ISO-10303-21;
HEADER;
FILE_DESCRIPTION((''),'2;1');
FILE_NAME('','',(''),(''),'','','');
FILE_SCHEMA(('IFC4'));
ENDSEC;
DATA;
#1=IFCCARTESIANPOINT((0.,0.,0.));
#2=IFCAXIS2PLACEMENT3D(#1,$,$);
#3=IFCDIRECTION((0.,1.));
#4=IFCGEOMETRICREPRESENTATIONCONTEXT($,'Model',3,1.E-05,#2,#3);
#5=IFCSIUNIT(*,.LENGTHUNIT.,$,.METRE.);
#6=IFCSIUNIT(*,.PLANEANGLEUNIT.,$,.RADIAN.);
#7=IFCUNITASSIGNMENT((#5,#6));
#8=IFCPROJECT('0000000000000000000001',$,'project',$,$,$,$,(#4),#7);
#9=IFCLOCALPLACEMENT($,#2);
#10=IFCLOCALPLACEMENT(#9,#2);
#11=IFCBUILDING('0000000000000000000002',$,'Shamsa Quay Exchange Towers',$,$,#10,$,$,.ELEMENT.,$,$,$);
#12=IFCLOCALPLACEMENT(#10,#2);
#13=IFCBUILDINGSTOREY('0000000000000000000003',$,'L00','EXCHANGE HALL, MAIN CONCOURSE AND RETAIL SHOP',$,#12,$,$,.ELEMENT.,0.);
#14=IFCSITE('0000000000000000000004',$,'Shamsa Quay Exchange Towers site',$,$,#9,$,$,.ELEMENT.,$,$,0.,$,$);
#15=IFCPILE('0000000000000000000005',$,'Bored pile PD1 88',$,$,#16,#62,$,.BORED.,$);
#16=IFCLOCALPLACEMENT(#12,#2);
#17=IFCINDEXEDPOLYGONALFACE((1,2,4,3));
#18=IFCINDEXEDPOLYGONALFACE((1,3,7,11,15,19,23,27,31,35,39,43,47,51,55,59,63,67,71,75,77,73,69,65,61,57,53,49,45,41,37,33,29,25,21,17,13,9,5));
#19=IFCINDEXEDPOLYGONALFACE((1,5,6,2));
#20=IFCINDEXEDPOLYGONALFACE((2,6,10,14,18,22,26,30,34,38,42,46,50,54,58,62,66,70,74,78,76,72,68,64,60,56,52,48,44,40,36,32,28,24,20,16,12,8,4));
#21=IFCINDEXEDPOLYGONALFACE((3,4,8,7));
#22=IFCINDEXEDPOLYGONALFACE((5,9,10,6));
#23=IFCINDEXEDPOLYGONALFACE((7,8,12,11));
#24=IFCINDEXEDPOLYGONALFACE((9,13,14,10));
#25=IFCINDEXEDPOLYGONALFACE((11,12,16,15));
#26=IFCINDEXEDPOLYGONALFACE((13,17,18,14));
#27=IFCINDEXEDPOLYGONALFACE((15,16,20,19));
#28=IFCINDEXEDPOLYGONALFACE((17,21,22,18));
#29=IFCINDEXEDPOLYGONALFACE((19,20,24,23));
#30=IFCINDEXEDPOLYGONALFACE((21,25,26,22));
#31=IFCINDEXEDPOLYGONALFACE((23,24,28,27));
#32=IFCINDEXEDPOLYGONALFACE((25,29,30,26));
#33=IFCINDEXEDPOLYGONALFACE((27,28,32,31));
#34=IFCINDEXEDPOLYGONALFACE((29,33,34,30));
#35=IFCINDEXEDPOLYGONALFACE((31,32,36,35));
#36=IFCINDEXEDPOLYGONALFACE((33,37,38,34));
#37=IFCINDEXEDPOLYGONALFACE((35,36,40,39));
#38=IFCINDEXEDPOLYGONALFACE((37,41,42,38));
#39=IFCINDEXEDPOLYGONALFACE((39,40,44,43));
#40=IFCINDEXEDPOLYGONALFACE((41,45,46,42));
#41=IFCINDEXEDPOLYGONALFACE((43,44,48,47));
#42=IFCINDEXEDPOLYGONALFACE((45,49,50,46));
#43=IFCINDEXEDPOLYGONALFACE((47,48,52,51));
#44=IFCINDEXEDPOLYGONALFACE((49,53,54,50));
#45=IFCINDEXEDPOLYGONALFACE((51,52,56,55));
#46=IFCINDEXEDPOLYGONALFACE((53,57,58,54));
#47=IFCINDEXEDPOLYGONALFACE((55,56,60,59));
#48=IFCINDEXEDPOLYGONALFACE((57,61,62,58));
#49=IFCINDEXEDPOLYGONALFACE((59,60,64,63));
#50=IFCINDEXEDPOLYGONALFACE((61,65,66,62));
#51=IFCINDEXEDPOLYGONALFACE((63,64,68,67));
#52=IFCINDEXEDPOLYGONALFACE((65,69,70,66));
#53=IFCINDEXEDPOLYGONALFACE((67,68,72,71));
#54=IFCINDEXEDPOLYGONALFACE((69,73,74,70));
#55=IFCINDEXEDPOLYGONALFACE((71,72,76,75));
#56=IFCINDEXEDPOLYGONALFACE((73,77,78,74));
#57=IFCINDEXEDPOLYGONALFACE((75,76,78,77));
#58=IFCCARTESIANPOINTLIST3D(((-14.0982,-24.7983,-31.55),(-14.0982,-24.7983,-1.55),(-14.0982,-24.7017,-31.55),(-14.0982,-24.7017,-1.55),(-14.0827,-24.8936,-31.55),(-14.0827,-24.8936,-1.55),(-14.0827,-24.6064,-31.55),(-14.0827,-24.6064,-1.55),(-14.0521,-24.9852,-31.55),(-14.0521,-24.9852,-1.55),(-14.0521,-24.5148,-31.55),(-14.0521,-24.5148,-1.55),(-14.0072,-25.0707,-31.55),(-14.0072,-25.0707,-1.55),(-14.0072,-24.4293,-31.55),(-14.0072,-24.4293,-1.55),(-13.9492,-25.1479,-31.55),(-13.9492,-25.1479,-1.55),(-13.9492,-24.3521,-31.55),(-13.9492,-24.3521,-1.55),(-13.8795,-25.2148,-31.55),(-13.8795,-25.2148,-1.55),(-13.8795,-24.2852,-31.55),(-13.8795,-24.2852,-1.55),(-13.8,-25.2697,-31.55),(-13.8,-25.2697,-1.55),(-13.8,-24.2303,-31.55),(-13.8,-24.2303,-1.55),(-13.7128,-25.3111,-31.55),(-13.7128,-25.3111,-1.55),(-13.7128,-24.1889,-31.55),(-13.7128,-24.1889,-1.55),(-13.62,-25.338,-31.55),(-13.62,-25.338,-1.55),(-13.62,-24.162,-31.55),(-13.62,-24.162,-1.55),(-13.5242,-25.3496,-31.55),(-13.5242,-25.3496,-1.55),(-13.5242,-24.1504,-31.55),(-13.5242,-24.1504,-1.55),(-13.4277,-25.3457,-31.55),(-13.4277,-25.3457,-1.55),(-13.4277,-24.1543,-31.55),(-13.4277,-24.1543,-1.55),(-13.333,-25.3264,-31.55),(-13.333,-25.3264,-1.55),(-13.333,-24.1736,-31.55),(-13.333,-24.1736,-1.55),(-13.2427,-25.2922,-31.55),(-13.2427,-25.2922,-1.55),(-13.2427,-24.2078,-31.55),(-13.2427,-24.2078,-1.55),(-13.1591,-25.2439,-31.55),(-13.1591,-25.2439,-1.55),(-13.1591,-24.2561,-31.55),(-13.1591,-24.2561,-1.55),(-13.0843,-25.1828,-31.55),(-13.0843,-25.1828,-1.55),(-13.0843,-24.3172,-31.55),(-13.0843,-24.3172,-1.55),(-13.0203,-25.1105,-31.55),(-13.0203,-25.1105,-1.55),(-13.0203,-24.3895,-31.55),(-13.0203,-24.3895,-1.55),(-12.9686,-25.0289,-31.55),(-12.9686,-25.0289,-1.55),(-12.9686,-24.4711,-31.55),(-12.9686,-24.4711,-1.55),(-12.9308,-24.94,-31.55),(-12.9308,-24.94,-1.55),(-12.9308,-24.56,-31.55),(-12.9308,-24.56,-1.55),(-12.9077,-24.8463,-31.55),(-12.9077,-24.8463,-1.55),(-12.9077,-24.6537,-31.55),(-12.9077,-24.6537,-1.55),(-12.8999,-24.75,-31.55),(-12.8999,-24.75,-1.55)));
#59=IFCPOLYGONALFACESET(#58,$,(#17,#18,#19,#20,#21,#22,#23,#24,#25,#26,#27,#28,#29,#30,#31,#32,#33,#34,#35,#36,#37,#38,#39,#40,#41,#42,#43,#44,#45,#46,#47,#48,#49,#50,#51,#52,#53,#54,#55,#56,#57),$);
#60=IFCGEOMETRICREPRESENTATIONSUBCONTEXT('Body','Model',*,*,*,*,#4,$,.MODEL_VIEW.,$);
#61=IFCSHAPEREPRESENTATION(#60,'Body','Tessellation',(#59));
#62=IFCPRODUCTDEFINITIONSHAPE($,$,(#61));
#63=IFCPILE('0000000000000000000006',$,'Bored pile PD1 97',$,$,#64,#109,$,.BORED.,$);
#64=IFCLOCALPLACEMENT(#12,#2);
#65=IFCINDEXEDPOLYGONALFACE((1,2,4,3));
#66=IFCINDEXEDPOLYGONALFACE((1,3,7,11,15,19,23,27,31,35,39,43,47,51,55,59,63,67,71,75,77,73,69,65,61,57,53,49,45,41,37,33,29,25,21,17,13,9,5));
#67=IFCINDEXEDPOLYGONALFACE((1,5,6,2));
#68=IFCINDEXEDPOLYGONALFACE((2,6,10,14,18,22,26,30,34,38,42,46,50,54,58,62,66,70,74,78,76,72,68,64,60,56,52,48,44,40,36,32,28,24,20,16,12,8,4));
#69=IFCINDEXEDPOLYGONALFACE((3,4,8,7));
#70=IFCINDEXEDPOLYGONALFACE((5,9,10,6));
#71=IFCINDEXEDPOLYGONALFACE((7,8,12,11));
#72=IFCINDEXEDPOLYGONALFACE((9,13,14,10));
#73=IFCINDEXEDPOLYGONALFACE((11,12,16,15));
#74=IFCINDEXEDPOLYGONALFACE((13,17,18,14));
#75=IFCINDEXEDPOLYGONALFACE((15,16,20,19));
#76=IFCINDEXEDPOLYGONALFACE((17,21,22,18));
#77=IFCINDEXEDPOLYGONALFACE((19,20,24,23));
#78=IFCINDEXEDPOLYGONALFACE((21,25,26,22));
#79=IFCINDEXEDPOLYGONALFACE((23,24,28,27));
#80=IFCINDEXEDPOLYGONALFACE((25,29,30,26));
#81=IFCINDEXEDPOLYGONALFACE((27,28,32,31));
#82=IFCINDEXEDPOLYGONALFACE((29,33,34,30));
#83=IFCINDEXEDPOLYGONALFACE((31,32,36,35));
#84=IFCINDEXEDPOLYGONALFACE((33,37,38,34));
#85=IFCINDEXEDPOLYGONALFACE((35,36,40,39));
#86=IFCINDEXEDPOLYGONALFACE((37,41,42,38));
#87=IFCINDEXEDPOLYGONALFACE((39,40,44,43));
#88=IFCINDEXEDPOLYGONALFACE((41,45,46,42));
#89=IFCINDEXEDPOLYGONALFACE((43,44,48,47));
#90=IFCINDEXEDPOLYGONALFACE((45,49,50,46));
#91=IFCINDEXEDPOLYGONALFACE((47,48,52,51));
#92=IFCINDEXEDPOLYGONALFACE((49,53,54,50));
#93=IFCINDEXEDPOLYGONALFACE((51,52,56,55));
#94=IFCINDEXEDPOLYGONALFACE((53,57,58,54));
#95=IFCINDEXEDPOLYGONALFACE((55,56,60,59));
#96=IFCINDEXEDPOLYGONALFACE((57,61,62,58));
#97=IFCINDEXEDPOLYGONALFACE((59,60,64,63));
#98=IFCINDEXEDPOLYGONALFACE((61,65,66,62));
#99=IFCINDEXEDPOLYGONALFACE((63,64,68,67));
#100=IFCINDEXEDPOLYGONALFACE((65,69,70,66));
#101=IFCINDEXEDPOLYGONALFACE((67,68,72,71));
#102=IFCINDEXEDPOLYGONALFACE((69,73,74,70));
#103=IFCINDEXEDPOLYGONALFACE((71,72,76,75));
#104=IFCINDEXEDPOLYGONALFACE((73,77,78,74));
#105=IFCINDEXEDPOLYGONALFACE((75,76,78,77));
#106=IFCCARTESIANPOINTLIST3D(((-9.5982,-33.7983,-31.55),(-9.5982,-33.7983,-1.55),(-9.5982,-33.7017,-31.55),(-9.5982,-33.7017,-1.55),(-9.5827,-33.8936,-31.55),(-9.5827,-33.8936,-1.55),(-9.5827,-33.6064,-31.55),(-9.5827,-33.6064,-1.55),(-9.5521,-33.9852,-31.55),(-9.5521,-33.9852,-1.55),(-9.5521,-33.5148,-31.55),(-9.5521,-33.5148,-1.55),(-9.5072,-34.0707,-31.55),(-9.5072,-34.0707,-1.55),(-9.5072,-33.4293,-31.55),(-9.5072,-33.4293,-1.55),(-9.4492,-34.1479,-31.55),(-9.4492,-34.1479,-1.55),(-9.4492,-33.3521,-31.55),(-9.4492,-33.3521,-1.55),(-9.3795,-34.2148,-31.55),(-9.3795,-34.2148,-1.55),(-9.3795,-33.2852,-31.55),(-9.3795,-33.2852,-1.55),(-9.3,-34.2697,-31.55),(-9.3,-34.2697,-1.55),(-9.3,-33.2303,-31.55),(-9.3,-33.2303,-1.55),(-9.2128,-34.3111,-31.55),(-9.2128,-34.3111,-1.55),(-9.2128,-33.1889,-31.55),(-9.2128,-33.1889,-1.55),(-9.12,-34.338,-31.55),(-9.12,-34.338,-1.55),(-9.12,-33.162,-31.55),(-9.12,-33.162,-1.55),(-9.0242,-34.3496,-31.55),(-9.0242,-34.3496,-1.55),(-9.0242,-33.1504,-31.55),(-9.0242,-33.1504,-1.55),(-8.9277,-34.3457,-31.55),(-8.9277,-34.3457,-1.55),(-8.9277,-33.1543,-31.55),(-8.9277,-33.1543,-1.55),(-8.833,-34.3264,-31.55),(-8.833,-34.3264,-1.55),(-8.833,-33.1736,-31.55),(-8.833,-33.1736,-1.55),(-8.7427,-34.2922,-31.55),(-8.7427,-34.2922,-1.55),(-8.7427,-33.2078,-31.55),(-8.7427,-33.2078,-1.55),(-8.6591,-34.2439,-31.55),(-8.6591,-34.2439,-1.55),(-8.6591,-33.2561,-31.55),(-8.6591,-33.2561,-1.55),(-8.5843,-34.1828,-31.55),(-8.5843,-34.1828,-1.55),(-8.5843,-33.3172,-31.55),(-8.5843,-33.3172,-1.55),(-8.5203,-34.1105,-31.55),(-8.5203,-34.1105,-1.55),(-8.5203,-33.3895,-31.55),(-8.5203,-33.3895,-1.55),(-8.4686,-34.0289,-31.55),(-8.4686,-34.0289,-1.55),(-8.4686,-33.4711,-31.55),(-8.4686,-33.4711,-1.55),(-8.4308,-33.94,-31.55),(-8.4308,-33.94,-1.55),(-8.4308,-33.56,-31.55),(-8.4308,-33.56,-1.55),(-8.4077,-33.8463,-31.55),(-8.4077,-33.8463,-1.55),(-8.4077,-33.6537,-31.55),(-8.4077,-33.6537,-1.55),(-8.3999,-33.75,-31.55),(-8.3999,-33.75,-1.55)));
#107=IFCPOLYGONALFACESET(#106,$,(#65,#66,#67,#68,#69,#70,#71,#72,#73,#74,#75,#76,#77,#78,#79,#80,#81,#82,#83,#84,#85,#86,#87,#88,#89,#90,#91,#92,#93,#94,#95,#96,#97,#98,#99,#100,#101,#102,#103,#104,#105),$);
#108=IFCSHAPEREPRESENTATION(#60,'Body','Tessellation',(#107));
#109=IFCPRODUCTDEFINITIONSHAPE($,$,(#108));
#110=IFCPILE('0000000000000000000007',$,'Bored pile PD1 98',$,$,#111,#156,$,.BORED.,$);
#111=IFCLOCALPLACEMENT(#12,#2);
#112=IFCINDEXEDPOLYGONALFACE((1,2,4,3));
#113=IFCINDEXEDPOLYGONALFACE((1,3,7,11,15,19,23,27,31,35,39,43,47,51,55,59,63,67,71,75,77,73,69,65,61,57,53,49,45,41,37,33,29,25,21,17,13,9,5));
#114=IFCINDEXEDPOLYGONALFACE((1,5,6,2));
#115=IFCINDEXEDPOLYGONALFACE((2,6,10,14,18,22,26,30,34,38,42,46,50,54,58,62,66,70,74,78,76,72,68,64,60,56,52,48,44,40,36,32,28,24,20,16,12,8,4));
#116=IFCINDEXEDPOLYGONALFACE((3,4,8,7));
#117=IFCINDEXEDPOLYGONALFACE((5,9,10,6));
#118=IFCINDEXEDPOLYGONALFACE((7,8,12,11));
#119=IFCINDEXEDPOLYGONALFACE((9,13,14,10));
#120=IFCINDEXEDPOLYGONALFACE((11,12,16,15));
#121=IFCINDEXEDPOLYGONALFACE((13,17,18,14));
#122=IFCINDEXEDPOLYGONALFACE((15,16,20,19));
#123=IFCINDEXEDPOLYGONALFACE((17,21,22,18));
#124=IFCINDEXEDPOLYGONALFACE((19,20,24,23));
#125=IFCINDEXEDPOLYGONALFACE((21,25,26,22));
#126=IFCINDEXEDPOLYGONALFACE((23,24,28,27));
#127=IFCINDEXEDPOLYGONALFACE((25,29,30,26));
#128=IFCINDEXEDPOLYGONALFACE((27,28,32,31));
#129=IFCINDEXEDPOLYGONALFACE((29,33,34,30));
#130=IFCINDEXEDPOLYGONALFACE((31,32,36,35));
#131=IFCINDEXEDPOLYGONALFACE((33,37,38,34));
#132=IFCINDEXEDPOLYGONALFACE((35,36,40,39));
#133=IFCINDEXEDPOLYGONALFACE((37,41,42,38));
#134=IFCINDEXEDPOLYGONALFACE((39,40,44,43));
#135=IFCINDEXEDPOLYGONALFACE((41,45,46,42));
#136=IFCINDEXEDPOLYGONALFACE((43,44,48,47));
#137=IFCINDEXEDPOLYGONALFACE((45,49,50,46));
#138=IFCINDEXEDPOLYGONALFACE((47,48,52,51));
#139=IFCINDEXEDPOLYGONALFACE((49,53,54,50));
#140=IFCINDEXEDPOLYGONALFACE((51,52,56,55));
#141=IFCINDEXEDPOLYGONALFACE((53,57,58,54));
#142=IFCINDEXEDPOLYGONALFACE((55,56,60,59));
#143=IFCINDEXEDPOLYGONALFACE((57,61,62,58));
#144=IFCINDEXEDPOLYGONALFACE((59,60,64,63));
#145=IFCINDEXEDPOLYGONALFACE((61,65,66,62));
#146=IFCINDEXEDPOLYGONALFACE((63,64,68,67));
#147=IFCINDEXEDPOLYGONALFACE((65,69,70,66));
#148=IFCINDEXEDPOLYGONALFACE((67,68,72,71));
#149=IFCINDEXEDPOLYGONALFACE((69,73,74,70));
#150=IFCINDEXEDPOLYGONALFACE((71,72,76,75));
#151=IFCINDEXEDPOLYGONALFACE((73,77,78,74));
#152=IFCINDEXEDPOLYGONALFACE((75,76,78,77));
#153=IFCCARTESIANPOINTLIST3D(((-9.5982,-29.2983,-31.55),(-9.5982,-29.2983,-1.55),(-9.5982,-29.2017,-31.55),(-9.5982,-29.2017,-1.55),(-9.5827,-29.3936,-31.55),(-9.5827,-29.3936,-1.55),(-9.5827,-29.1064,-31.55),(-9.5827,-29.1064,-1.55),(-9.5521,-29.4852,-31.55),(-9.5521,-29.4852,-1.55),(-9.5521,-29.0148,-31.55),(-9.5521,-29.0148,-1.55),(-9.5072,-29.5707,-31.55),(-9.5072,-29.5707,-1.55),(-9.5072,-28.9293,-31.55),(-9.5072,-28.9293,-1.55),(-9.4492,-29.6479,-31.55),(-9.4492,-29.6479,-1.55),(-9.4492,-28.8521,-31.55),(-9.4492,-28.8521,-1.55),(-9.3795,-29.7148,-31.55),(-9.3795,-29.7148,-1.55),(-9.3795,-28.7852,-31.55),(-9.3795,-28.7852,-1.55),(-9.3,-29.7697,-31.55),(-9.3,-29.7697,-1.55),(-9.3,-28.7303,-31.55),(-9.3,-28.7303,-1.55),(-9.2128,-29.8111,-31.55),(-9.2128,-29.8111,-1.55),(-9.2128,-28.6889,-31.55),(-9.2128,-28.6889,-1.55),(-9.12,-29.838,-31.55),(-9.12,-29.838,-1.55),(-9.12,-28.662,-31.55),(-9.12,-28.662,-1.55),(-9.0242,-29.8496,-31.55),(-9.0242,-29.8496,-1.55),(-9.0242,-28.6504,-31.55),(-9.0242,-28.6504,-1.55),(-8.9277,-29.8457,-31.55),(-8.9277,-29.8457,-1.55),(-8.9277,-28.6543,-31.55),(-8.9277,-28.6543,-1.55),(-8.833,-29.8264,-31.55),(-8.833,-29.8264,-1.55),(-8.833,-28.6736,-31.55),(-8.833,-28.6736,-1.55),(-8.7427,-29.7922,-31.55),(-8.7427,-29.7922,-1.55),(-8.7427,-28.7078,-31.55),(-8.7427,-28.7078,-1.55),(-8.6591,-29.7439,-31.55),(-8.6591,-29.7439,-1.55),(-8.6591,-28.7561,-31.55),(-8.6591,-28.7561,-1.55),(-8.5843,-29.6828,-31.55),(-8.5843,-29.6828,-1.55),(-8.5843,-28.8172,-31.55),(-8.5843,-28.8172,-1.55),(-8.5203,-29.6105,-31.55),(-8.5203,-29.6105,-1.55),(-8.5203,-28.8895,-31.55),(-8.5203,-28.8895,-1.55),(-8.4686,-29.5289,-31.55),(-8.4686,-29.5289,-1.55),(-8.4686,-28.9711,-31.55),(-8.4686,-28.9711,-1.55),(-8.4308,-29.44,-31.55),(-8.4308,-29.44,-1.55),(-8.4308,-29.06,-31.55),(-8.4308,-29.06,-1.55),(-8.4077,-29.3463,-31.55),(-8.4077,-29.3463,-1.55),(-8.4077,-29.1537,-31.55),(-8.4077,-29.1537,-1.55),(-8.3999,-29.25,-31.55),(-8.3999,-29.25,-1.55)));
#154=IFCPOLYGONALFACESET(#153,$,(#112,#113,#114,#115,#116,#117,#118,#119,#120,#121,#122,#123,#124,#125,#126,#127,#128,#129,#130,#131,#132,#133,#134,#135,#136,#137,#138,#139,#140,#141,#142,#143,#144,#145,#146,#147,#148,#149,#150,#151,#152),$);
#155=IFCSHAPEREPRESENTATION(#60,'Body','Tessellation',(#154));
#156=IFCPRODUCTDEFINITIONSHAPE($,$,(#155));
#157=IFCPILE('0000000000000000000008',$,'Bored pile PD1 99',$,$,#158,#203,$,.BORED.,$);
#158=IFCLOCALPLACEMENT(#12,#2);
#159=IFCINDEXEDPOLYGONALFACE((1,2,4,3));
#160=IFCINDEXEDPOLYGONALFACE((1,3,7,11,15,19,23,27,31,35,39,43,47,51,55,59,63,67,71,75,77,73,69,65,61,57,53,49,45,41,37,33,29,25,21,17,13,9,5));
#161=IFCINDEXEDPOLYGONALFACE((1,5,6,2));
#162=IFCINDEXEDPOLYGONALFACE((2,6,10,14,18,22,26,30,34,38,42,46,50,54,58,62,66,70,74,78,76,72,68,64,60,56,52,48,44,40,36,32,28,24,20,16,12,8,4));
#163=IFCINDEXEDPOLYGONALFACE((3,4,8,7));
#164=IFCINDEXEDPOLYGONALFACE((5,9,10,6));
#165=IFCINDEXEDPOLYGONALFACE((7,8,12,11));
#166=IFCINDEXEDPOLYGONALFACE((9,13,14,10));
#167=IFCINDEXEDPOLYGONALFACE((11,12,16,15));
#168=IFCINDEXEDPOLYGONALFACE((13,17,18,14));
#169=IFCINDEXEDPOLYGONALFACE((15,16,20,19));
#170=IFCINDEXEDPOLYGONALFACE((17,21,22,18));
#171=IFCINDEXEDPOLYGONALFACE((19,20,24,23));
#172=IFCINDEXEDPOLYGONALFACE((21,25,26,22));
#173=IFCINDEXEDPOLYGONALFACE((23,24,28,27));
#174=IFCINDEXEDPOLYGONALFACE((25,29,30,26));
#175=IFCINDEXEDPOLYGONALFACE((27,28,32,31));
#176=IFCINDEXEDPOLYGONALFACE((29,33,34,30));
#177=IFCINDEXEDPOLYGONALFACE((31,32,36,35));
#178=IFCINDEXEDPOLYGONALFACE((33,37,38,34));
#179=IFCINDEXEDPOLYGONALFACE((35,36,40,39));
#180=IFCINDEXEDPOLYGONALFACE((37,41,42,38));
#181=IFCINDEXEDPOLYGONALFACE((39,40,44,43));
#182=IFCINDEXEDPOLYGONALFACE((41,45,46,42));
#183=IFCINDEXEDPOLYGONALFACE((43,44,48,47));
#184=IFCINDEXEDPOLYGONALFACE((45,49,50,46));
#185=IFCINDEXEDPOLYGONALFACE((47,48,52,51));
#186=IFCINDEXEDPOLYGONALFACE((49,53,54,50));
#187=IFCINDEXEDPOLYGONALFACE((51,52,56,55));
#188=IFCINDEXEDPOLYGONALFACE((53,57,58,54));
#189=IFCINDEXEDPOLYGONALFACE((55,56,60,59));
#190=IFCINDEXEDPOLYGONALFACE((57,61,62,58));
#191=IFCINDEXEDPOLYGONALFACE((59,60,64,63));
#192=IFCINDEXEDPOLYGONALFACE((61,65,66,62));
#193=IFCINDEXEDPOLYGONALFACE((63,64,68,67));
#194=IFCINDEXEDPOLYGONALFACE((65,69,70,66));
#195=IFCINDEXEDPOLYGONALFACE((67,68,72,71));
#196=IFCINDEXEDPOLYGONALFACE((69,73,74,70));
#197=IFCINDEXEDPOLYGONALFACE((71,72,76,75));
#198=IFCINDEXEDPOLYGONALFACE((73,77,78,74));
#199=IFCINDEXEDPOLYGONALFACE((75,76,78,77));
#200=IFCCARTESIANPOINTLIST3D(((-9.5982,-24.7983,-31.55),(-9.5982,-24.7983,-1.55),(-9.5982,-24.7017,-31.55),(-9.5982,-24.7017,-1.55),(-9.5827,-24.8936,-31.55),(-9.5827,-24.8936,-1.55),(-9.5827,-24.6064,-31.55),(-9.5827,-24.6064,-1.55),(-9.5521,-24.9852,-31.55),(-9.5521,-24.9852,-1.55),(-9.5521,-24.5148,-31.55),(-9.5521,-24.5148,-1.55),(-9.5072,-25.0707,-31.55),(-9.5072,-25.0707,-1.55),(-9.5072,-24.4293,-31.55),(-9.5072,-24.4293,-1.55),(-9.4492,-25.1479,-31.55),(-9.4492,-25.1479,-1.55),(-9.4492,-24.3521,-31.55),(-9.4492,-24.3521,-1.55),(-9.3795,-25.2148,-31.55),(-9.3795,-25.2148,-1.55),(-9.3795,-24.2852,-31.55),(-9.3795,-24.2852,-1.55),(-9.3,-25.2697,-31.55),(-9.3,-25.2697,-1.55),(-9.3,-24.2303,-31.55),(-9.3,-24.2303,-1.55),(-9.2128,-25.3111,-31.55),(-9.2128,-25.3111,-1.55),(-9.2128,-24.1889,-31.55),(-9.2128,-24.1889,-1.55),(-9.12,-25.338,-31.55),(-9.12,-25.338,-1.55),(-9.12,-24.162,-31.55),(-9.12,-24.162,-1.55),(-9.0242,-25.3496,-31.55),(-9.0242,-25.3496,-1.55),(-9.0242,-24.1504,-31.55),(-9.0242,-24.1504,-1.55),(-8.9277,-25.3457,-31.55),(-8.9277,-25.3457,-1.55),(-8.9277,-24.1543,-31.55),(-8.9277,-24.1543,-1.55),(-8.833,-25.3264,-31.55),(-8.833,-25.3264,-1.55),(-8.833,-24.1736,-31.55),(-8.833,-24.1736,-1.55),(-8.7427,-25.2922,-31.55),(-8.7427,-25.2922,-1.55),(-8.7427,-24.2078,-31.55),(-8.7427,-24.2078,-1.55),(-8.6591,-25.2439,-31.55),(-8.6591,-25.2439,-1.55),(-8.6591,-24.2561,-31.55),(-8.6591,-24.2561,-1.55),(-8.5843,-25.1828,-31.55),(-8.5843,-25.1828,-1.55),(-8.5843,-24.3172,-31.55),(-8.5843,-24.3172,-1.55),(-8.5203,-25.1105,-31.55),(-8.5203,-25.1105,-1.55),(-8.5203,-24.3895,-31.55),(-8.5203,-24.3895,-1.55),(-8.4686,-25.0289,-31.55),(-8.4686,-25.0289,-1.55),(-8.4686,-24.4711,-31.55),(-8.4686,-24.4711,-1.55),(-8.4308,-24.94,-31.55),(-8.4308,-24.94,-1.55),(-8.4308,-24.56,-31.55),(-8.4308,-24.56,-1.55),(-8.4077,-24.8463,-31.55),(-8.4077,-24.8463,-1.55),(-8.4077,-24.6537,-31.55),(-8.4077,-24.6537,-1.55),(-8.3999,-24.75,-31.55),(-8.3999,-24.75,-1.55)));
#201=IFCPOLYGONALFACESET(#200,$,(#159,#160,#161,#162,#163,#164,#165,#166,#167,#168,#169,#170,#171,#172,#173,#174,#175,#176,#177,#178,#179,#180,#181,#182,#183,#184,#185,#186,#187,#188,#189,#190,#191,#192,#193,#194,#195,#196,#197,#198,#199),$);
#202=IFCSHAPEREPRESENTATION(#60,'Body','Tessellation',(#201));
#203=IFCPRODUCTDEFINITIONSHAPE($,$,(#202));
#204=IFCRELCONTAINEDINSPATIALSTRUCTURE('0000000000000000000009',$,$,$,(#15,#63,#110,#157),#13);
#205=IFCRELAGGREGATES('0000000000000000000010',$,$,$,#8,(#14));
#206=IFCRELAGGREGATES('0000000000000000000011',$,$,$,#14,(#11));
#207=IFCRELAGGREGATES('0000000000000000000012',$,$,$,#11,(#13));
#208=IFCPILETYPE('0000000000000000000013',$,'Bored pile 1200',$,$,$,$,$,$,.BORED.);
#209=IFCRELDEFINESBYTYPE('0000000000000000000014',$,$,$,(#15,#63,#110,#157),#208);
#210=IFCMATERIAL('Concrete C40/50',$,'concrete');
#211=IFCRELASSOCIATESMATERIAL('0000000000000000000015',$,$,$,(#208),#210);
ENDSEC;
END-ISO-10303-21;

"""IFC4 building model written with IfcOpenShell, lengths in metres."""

from ifc_helpers import new_model, si_unit, direction, frame, origin, origin_2d, place, context, subcontext, project, spatial, circle, extrude, material, material_profile, profile_set, type_object, element, save


model = new_model("IFC4")

# Units and contexts
model_context = context("Model", 3, precision=1e-05, world=origin(), true_north=direction((0.0, 1.0)))
body_context = subcontext(model_context, "Body", "Model", "MODEL_VIEW")
ifc_project = project(units=[si_unit("LENGTHUNIT", "METRE"), si_unit("PLANEANGLEUNIT", "RADIAN")], contexts=[model_context])

# Site, building, storey
site_placement = place(None, origin())
site = spatial("IfcSite", under=ifc_project, at=site_placement, Name="Shamsa Quay Exchange Towers site", CompositionType="ELEMENT", RefElevation=0.0)
building_placement = place(site_placement, origin())
building = spatial("IfcBuilding", under=site, at=building_placement, Name="Shamsa Quay Exchange Towers", CompositionType="ELEMENT")
storey_placement = place(building_placement, origin())
storey = spatial("IfcBuildingStorey", under=building, at=storey_placement, Name="L00", Description="EXCHANGE HALL, MAIN CONCOURSE AND RETAIL SHOP", CompositionType="ELEMENT", Elevation=0.0)

# Piles
ifc_material_1 = material(Name="Concrete C40/50", Category="concrete")
ifc_material_profile_1 = material_profile(ifc_material_1, circle(Radius=0.6001, at=origin_2d()), Name="BP1200")
ifc_profile_set_1 = profile_set([ifc_material_profile_1], Name="Concrete C40/50")
pile_type = type_object("IfcPileType", Name="Bored pile 1200", PredefinedType="BORED", material=ifc_profile_set_1)
for number, where, z_axis, x_axis, name in (
    (1, (-13.5, -24.75, -1.55), (0.0, 0.0, -1.0), (1.0, 0.0, 0.0), "Bored pile PD1 88"),
    (2, (-9.0, -33.75, -1.55), (0.0, 0.0, -1.0), (1.0, 0.0, 0.0), "Bored pile PD1 97"),
    (3, (-9.0, -29.25, -1.55), (0.0, 0.0, -1.0), (1.0, 0.0, 0.0), "Bored pile PD1 98"),
    (4, (-9.0, -24.75, -1.55), (0.0, 0.0, -1.0), (1.0, 0.0, 0.0), "Bored pile PD1 99"),
):
    element("IfcPile", number, at=place(storey_placement, frame(where, z_axis=z_axis, x_axis=x_axis)), inside=storey, type_object=pile_type, Name=name, PredefinedType="BORED", context=body_context, shape_type="SweptSolid", body=[
        extrude(circle(Radius=0.6001, at=origin_2d()), origin(), (0.0, 0.0, 1.0), 30.0),
    ])

save(model, "model.ifc")
